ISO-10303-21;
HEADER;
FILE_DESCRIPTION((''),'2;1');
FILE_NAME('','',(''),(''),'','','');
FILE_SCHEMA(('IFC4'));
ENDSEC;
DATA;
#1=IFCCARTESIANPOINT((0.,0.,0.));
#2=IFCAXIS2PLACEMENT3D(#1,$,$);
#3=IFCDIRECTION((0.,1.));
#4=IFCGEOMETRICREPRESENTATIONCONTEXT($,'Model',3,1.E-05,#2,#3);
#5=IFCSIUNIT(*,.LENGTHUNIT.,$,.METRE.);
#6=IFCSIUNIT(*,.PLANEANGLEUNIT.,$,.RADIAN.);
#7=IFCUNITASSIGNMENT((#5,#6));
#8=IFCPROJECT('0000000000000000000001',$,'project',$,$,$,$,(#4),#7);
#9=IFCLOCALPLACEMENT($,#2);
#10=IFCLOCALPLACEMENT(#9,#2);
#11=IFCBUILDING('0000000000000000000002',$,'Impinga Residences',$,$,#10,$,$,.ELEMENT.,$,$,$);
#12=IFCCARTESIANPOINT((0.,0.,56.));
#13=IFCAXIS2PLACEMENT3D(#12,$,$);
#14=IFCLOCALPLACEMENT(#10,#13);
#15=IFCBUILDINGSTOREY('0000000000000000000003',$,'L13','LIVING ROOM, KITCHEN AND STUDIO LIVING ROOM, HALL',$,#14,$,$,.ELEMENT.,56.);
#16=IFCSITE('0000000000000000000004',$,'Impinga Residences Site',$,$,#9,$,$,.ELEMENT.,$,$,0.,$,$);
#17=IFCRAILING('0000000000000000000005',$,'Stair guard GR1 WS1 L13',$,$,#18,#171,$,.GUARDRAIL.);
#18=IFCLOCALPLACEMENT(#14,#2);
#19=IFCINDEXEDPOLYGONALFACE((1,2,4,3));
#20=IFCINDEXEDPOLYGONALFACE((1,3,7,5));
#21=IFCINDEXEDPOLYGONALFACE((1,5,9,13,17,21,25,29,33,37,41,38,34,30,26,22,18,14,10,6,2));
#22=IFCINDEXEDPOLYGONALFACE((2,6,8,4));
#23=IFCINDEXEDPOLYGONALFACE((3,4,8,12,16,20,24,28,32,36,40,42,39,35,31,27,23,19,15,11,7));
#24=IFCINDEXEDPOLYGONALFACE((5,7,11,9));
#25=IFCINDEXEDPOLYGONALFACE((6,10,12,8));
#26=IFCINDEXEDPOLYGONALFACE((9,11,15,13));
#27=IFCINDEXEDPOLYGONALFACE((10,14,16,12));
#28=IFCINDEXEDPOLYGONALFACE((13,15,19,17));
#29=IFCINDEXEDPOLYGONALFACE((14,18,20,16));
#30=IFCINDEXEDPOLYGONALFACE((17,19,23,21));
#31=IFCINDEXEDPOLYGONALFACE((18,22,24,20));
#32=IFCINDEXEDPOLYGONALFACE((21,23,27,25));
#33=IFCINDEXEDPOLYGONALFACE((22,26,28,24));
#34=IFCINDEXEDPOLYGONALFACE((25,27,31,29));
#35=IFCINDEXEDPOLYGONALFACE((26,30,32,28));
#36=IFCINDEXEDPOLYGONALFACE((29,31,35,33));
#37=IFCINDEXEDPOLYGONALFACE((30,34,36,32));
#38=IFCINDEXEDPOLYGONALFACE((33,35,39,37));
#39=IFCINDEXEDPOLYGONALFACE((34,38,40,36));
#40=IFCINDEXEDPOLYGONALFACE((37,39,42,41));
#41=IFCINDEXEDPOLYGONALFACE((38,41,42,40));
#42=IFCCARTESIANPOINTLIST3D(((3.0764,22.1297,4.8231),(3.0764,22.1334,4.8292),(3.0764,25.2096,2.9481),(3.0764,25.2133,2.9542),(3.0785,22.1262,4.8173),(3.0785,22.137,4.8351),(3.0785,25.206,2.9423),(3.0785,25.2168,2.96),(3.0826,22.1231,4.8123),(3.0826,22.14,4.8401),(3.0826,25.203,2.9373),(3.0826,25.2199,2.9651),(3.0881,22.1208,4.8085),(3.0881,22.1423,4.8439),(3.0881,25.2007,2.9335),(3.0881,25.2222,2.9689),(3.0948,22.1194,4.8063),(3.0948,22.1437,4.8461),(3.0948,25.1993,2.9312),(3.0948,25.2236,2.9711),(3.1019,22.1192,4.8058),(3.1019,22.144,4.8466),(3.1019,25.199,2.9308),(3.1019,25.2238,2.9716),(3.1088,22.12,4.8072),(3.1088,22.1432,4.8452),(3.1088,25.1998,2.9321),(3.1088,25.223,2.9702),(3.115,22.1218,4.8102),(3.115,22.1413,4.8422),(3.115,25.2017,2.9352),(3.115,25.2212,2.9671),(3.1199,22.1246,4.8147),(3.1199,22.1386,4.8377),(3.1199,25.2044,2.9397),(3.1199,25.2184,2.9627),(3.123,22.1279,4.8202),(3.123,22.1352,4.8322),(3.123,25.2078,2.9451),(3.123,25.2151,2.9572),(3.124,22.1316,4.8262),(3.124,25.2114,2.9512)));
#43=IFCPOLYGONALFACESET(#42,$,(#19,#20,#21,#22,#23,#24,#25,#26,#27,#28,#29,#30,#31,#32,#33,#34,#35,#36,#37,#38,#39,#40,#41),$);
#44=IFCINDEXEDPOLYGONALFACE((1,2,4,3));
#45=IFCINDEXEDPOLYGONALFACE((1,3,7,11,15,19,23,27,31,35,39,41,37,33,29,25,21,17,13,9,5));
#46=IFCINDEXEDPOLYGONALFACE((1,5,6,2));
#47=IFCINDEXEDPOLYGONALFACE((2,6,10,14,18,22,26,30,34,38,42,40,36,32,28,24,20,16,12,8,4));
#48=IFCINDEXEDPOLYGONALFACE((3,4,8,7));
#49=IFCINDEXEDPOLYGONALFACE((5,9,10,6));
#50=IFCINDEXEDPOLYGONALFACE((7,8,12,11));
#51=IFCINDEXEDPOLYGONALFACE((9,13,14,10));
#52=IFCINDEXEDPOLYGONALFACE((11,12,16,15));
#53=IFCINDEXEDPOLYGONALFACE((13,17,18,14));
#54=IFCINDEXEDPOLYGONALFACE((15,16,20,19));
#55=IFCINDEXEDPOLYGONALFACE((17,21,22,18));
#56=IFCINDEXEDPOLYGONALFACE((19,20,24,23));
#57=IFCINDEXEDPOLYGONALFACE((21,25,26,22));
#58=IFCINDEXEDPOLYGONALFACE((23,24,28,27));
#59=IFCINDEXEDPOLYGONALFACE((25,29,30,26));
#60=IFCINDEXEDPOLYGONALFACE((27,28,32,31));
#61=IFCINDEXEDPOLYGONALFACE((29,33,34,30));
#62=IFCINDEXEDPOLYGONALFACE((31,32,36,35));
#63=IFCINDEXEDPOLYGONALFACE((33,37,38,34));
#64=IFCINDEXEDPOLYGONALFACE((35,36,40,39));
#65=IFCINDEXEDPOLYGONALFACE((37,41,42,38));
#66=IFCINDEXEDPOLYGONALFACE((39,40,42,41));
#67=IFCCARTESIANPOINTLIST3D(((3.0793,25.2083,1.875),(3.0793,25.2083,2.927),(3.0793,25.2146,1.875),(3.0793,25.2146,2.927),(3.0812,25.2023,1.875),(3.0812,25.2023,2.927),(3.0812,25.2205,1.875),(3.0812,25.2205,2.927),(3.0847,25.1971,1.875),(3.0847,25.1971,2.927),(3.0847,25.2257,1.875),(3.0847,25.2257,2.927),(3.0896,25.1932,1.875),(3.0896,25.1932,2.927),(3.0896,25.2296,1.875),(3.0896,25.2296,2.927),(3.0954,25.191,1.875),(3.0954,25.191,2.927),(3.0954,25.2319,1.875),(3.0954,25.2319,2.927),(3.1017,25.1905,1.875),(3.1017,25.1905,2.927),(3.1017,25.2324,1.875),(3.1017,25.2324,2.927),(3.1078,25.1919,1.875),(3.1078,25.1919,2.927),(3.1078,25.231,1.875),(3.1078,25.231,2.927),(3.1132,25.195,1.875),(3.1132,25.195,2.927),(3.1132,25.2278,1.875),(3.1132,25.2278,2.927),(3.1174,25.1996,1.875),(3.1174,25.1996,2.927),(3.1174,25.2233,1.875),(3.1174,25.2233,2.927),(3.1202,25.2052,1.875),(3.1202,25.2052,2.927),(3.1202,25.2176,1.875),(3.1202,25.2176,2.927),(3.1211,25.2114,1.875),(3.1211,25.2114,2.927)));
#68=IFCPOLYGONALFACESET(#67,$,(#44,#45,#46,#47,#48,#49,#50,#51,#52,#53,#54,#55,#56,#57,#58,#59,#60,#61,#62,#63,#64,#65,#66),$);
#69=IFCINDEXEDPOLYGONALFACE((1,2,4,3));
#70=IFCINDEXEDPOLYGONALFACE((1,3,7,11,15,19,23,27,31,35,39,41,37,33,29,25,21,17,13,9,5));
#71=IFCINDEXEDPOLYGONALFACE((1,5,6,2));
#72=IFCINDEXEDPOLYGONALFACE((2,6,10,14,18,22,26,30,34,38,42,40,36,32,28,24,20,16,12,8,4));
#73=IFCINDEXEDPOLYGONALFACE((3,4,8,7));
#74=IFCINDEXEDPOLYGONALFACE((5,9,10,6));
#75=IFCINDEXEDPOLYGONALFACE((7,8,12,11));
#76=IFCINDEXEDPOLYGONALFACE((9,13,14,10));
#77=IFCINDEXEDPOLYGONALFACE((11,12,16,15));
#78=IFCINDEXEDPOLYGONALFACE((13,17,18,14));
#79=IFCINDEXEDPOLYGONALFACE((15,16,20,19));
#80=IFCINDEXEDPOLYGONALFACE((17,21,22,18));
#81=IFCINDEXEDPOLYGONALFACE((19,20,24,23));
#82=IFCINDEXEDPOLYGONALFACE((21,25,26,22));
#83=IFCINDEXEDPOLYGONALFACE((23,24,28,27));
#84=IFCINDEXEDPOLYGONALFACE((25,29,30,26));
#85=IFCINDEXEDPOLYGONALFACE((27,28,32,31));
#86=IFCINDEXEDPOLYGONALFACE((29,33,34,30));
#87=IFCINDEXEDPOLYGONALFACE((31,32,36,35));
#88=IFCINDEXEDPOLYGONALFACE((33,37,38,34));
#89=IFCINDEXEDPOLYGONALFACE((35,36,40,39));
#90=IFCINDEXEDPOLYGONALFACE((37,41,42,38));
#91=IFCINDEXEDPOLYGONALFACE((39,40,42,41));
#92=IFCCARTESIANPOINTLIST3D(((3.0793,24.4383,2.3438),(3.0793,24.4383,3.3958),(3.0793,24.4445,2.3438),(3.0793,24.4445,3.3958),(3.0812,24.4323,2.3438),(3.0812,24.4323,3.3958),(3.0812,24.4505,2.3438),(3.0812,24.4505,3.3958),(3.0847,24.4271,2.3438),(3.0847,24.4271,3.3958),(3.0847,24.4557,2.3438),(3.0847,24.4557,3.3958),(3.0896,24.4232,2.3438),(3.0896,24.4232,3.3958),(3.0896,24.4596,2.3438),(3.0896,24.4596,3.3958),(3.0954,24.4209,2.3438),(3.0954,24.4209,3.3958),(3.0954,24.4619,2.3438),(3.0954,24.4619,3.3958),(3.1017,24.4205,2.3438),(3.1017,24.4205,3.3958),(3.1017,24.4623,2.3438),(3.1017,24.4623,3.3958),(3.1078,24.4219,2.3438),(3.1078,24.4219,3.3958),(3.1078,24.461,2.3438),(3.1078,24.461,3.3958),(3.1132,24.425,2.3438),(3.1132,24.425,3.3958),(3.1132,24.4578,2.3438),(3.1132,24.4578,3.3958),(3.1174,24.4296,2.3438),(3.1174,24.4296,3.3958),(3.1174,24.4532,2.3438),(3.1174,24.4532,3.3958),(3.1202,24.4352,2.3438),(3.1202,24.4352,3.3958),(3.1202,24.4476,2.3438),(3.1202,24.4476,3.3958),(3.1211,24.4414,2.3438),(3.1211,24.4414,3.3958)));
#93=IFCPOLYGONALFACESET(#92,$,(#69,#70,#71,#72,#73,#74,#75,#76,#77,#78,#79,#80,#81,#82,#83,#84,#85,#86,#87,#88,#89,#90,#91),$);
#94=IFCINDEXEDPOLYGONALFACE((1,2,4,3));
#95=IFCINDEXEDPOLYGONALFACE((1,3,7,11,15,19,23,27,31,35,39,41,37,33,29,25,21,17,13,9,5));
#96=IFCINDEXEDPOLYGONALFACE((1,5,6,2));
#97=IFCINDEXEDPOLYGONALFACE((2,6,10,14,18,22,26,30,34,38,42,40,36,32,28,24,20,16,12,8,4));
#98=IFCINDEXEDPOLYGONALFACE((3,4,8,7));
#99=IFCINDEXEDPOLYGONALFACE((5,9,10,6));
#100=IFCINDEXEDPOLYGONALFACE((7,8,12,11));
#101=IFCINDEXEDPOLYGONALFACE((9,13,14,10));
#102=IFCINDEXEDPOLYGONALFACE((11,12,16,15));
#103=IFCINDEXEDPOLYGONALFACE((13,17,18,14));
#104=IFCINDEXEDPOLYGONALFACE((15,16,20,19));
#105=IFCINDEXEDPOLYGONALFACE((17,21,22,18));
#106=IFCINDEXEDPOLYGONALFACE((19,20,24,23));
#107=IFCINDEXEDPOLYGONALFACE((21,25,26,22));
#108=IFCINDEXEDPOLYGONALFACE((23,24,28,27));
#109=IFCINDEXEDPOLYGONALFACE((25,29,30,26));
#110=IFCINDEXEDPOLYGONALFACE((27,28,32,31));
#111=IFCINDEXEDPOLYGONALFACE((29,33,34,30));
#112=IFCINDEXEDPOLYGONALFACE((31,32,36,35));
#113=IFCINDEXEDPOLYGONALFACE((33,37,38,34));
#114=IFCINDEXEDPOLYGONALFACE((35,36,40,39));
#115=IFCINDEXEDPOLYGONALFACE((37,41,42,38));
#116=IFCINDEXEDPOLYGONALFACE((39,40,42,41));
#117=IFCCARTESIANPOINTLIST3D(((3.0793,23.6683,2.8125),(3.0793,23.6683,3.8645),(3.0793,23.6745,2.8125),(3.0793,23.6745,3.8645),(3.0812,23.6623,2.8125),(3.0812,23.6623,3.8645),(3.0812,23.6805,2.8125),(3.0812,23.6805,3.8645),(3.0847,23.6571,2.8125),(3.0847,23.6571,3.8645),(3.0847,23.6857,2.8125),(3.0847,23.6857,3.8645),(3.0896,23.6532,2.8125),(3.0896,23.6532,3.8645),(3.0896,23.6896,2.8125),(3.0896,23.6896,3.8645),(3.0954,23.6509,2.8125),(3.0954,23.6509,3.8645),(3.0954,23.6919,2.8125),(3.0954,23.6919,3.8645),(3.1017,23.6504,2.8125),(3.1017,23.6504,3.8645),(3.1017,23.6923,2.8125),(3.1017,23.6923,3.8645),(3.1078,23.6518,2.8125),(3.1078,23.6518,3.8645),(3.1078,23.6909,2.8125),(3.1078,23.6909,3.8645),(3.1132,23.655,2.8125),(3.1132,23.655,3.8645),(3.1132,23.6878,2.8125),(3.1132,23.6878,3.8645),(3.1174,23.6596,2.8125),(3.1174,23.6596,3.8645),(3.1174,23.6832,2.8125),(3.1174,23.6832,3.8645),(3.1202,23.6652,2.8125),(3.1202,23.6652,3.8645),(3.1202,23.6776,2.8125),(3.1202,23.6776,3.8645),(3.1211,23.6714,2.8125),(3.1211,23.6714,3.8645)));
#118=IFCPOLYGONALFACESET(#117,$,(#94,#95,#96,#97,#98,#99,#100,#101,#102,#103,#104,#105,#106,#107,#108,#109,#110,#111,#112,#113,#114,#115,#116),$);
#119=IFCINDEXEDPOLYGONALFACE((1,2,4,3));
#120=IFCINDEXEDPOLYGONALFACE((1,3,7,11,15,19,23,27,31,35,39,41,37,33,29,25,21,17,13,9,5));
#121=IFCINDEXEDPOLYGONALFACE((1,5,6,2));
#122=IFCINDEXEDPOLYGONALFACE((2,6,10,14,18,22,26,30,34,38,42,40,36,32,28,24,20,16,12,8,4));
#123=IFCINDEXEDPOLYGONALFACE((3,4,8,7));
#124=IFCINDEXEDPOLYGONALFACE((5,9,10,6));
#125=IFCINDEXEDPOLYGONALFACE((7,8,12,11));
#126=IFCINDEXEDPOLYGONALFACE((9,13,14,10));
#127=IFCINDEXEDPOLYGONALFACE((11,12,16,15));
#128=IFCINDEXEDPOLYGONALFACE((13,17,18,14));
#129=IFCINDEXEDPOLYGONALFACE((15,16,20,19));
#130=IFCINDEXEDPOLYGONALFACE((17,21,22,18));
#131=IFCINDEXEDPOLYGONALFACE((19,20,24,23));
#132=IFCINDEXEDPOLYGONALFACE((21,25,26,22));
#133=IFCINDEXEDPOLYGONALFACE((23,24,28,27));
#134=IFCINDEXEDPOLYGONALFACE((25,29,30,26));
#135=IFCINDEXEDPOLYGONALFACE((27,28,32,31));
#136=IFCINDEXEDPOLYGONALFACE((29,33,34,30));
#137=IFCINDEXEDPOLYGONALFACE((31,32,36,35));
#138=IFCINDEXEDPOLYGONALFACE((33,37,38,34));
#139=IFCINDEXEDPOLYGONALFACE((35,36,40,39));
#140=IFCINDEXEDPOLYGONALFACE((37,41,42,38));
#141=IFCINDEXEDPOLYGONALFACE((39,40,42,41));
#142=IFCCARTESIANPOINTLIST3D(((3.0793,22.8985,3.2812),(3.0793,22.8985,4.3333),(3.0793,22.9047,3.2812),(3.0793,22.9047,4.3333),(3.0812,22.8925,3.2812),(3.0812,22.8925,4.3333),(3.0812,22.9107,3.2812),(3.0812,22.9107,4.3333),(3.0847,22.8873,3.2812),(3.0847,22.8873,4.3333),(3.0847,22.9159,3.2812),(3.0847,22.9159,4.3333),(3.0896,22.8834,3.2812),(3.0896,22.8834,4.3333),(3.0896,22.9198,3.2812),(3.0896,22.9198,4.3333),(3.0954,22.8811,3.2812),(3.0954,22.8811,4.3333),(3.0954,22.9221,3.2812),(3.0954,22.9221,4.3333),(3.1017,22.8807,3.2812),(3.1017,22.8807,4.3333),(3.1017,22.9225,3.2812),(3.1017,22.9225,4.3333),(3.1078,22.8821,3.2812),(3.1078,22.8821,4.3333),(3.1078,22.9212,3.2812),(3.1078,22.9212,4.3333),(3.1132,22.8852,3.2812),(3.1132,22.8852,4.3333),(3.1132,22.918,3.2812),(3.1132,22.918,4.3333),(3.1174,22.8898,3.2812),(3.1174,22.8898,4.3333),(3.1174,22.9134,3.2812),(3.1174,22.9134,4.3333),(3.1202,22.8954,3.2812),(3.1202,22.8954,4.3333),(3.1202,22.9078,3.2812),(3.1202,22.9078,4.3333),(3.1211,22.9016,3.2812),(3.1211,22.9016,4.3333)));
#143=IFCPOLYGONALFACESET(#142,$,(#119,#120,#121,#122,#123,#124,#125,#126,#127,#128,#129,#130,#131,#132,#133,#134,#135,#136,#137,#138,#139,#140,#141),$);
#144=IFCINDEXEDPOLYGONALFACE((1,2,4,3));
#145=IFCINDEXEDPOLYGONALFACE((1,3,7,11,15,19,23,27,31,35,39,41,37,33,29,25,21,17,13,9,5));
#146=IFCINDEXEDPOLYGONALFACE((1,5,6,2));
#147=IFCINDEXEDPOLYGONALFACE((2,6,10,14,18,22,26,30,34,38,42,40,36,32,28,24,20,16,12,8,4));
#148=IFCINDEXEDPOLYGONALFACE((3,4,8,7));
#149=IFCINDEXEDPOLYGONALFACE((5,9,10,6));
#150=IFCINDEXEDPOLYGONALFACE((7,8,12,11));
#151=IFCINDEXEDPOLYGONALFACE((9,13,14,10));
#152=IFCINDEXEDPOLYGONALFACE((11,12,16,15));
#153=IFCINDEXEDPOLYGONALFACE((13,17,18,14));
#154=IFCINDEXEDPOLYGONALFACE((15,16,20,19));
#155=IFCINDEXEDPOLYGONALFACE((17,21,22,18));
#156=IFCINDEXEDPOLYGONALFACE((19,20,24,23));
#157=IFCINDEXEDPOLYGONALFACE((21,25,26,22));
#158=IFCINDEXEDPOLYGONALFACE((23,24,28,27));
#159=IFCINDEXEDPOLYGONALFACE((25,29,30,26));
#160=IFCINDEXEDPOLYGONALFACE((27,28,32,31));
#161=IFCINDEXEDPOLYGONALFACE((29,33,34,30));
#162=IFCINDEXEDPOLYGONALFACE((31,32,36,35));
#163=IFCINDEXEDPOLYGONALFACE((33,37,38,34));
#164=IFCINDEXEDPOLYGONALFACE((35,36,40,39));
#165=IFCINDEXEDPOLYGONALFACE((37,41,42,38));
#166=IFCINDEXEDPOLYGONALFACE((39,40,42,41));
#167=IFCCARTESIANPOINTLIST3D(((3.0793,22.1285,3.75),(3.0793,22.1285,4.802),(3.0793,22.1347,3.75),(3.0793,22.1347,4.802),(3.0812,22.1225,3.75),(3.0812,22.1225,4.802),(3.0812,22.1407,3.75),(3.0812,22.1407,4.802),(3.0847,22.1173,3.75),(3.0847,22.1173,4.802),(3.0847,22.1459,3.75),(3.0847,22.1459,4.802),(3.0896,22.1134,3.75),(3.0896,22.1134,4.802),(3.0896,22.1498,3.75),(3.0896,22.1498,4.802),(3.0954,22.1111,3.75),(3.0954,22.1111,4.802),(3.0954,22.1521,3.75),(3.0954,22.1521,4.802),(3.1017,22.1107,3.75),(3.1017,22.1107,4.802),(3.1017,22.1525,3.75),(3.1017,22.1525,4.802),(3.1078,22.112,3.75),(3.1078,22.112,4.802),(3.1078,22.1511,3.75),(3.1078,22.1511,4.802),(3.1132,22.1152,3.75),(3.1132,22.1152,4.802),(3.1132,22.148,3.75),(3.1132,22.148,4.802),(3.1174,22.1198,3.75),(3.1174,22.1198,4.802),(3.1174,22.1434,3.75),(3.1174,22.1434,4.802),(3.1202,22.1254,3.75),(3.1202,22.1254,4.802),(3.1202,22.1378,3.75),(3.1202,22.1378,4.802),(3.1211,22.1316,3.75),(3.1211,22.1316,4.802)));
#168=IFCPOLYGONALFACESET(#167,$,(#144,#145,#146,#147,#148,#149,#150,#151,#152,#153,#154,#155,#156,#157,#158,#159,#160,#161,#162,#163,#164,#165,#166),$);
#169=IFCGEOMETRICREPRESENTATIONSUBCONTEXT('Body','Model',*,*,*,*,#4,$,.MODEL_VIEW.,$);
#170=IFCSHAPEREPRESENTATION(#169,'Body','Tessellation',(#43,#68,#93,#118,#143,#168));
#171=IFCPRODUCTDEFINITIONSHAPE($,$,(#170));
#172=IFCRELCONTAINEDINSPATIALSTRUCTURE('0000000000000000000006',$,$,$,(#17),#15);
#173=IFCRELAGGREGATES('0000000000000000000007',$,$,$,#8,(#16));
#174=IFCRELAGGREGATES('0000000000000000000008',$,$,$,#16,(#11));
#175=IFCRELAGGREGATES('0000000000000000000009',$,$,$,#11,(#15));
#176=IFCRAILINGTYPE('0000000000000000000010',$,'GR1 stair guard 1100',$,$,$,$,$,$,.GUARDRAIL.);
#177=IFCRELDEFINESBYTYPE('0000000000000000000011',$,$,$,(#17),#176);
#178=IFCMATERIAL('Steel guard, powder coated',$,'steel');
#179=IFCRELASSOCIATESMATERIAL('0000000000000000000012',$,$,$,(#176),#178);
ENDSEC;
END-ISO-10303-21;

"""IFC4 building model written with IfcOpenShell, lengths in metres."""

from ifc_helpers import new_model, si_unit, direction, frame, origin, origin_2d, place, context, subcontext, project, spatial, circle, extrude, material, type_object, element, save


model = new_model("IFC4")

# Units and contexts
model_context = context("Model", 3, precision=1e-05, world=origin(), true_north=direction((0.0, 1.0)))
body_context = subcontext(model_context, "Body", "Model", "MODEL_VIEW")
ifc_project = project(units=[si_unit("LENGTHUNIT", "METRE"), si_unit("PLANEANGLEUNIT", "RADIAN")], contexts=[model_context])

# Site, building, storey
site_placement = place(None, origin())
site = spatial("IfcSite", under=ifc_project, at=site_placement, Name="Impinga Residences Site", CompositionType="ELEMENT", RefElevation=0.0)
building_placement = place(site_placement, origin())
building = spatial("IfcBuilding", under=site, at=building_placement, Name="Impinga Residences", CompositionType="ELEMENT")
storey_placement = place(building_placement, frame((0.0, 0.0, 56.0)))
storey = spatial("IfcBuildingStorey", under=building, at=storey_placement, Name="L13", Description="LIVING ROOM, KITCHEN AND STUDIO LIVING ROOM, HALL", CompositionType="ELEMENT", Elevation=56.0)

# Railing
ifc_material_1 = material(Name="Steel guard, powder coated", Category="steel")
railing_type_1 = type_object("IfcRailingType", Name="GR1 stair guard 1100", PredefinedType="GUARDRAIL", material=ifc_material_1)
railing_1_placement = place(storey_placement, frame((3.1001, 25.2114, 1.875)))
element("IfcRailing", 1, at=railing_1_placement, inside=storey, type_object=railing_type_1, Name="Stair guard GR1 WS1 L13", PredefinedType="GUARDRAIL", context=body_context, shape_type="SweptSolid", body=[
    extrude(circle(Radius=0.0239, at=origin_2d()), frame((0.0, 0.0, 1.0762), z_axis=(0.0, -0.854159, 0.520011), x_axis=(1.0, 0.0, 0.0)), (0.0, 0.0, 1.0), 3.6057),
    extrude(circle(Radius=0.021, at=origin_2d()), origin(), (0.0, 0.0, 1.0), 1.052),
    extrude(circle(Radius=0.021, at=origin_2d()), frame((0.0, -0.77, 0.4688)), (0.0, 0.0, 1.0), 1.052),
    extrude(circle(Radius=0.021, at=origin_2d()), frame((0.0, -1.54, 0.9375)), (0.0, 0.0, 1.0), 1.052),
    extrude(circle(Radius=0.021, at=origin_2d()), frame((0.0, -2.3098, 1.4062)), (0.0, 0.0, 1.0), 1.052),
    extrude(circle(Radius=0.021, at=origin_2d()), frame((0.0, -3.0798, 1.875)), (0.0, 0.0, 1.0), 1.052),
])

save(model, "model.ifc")
